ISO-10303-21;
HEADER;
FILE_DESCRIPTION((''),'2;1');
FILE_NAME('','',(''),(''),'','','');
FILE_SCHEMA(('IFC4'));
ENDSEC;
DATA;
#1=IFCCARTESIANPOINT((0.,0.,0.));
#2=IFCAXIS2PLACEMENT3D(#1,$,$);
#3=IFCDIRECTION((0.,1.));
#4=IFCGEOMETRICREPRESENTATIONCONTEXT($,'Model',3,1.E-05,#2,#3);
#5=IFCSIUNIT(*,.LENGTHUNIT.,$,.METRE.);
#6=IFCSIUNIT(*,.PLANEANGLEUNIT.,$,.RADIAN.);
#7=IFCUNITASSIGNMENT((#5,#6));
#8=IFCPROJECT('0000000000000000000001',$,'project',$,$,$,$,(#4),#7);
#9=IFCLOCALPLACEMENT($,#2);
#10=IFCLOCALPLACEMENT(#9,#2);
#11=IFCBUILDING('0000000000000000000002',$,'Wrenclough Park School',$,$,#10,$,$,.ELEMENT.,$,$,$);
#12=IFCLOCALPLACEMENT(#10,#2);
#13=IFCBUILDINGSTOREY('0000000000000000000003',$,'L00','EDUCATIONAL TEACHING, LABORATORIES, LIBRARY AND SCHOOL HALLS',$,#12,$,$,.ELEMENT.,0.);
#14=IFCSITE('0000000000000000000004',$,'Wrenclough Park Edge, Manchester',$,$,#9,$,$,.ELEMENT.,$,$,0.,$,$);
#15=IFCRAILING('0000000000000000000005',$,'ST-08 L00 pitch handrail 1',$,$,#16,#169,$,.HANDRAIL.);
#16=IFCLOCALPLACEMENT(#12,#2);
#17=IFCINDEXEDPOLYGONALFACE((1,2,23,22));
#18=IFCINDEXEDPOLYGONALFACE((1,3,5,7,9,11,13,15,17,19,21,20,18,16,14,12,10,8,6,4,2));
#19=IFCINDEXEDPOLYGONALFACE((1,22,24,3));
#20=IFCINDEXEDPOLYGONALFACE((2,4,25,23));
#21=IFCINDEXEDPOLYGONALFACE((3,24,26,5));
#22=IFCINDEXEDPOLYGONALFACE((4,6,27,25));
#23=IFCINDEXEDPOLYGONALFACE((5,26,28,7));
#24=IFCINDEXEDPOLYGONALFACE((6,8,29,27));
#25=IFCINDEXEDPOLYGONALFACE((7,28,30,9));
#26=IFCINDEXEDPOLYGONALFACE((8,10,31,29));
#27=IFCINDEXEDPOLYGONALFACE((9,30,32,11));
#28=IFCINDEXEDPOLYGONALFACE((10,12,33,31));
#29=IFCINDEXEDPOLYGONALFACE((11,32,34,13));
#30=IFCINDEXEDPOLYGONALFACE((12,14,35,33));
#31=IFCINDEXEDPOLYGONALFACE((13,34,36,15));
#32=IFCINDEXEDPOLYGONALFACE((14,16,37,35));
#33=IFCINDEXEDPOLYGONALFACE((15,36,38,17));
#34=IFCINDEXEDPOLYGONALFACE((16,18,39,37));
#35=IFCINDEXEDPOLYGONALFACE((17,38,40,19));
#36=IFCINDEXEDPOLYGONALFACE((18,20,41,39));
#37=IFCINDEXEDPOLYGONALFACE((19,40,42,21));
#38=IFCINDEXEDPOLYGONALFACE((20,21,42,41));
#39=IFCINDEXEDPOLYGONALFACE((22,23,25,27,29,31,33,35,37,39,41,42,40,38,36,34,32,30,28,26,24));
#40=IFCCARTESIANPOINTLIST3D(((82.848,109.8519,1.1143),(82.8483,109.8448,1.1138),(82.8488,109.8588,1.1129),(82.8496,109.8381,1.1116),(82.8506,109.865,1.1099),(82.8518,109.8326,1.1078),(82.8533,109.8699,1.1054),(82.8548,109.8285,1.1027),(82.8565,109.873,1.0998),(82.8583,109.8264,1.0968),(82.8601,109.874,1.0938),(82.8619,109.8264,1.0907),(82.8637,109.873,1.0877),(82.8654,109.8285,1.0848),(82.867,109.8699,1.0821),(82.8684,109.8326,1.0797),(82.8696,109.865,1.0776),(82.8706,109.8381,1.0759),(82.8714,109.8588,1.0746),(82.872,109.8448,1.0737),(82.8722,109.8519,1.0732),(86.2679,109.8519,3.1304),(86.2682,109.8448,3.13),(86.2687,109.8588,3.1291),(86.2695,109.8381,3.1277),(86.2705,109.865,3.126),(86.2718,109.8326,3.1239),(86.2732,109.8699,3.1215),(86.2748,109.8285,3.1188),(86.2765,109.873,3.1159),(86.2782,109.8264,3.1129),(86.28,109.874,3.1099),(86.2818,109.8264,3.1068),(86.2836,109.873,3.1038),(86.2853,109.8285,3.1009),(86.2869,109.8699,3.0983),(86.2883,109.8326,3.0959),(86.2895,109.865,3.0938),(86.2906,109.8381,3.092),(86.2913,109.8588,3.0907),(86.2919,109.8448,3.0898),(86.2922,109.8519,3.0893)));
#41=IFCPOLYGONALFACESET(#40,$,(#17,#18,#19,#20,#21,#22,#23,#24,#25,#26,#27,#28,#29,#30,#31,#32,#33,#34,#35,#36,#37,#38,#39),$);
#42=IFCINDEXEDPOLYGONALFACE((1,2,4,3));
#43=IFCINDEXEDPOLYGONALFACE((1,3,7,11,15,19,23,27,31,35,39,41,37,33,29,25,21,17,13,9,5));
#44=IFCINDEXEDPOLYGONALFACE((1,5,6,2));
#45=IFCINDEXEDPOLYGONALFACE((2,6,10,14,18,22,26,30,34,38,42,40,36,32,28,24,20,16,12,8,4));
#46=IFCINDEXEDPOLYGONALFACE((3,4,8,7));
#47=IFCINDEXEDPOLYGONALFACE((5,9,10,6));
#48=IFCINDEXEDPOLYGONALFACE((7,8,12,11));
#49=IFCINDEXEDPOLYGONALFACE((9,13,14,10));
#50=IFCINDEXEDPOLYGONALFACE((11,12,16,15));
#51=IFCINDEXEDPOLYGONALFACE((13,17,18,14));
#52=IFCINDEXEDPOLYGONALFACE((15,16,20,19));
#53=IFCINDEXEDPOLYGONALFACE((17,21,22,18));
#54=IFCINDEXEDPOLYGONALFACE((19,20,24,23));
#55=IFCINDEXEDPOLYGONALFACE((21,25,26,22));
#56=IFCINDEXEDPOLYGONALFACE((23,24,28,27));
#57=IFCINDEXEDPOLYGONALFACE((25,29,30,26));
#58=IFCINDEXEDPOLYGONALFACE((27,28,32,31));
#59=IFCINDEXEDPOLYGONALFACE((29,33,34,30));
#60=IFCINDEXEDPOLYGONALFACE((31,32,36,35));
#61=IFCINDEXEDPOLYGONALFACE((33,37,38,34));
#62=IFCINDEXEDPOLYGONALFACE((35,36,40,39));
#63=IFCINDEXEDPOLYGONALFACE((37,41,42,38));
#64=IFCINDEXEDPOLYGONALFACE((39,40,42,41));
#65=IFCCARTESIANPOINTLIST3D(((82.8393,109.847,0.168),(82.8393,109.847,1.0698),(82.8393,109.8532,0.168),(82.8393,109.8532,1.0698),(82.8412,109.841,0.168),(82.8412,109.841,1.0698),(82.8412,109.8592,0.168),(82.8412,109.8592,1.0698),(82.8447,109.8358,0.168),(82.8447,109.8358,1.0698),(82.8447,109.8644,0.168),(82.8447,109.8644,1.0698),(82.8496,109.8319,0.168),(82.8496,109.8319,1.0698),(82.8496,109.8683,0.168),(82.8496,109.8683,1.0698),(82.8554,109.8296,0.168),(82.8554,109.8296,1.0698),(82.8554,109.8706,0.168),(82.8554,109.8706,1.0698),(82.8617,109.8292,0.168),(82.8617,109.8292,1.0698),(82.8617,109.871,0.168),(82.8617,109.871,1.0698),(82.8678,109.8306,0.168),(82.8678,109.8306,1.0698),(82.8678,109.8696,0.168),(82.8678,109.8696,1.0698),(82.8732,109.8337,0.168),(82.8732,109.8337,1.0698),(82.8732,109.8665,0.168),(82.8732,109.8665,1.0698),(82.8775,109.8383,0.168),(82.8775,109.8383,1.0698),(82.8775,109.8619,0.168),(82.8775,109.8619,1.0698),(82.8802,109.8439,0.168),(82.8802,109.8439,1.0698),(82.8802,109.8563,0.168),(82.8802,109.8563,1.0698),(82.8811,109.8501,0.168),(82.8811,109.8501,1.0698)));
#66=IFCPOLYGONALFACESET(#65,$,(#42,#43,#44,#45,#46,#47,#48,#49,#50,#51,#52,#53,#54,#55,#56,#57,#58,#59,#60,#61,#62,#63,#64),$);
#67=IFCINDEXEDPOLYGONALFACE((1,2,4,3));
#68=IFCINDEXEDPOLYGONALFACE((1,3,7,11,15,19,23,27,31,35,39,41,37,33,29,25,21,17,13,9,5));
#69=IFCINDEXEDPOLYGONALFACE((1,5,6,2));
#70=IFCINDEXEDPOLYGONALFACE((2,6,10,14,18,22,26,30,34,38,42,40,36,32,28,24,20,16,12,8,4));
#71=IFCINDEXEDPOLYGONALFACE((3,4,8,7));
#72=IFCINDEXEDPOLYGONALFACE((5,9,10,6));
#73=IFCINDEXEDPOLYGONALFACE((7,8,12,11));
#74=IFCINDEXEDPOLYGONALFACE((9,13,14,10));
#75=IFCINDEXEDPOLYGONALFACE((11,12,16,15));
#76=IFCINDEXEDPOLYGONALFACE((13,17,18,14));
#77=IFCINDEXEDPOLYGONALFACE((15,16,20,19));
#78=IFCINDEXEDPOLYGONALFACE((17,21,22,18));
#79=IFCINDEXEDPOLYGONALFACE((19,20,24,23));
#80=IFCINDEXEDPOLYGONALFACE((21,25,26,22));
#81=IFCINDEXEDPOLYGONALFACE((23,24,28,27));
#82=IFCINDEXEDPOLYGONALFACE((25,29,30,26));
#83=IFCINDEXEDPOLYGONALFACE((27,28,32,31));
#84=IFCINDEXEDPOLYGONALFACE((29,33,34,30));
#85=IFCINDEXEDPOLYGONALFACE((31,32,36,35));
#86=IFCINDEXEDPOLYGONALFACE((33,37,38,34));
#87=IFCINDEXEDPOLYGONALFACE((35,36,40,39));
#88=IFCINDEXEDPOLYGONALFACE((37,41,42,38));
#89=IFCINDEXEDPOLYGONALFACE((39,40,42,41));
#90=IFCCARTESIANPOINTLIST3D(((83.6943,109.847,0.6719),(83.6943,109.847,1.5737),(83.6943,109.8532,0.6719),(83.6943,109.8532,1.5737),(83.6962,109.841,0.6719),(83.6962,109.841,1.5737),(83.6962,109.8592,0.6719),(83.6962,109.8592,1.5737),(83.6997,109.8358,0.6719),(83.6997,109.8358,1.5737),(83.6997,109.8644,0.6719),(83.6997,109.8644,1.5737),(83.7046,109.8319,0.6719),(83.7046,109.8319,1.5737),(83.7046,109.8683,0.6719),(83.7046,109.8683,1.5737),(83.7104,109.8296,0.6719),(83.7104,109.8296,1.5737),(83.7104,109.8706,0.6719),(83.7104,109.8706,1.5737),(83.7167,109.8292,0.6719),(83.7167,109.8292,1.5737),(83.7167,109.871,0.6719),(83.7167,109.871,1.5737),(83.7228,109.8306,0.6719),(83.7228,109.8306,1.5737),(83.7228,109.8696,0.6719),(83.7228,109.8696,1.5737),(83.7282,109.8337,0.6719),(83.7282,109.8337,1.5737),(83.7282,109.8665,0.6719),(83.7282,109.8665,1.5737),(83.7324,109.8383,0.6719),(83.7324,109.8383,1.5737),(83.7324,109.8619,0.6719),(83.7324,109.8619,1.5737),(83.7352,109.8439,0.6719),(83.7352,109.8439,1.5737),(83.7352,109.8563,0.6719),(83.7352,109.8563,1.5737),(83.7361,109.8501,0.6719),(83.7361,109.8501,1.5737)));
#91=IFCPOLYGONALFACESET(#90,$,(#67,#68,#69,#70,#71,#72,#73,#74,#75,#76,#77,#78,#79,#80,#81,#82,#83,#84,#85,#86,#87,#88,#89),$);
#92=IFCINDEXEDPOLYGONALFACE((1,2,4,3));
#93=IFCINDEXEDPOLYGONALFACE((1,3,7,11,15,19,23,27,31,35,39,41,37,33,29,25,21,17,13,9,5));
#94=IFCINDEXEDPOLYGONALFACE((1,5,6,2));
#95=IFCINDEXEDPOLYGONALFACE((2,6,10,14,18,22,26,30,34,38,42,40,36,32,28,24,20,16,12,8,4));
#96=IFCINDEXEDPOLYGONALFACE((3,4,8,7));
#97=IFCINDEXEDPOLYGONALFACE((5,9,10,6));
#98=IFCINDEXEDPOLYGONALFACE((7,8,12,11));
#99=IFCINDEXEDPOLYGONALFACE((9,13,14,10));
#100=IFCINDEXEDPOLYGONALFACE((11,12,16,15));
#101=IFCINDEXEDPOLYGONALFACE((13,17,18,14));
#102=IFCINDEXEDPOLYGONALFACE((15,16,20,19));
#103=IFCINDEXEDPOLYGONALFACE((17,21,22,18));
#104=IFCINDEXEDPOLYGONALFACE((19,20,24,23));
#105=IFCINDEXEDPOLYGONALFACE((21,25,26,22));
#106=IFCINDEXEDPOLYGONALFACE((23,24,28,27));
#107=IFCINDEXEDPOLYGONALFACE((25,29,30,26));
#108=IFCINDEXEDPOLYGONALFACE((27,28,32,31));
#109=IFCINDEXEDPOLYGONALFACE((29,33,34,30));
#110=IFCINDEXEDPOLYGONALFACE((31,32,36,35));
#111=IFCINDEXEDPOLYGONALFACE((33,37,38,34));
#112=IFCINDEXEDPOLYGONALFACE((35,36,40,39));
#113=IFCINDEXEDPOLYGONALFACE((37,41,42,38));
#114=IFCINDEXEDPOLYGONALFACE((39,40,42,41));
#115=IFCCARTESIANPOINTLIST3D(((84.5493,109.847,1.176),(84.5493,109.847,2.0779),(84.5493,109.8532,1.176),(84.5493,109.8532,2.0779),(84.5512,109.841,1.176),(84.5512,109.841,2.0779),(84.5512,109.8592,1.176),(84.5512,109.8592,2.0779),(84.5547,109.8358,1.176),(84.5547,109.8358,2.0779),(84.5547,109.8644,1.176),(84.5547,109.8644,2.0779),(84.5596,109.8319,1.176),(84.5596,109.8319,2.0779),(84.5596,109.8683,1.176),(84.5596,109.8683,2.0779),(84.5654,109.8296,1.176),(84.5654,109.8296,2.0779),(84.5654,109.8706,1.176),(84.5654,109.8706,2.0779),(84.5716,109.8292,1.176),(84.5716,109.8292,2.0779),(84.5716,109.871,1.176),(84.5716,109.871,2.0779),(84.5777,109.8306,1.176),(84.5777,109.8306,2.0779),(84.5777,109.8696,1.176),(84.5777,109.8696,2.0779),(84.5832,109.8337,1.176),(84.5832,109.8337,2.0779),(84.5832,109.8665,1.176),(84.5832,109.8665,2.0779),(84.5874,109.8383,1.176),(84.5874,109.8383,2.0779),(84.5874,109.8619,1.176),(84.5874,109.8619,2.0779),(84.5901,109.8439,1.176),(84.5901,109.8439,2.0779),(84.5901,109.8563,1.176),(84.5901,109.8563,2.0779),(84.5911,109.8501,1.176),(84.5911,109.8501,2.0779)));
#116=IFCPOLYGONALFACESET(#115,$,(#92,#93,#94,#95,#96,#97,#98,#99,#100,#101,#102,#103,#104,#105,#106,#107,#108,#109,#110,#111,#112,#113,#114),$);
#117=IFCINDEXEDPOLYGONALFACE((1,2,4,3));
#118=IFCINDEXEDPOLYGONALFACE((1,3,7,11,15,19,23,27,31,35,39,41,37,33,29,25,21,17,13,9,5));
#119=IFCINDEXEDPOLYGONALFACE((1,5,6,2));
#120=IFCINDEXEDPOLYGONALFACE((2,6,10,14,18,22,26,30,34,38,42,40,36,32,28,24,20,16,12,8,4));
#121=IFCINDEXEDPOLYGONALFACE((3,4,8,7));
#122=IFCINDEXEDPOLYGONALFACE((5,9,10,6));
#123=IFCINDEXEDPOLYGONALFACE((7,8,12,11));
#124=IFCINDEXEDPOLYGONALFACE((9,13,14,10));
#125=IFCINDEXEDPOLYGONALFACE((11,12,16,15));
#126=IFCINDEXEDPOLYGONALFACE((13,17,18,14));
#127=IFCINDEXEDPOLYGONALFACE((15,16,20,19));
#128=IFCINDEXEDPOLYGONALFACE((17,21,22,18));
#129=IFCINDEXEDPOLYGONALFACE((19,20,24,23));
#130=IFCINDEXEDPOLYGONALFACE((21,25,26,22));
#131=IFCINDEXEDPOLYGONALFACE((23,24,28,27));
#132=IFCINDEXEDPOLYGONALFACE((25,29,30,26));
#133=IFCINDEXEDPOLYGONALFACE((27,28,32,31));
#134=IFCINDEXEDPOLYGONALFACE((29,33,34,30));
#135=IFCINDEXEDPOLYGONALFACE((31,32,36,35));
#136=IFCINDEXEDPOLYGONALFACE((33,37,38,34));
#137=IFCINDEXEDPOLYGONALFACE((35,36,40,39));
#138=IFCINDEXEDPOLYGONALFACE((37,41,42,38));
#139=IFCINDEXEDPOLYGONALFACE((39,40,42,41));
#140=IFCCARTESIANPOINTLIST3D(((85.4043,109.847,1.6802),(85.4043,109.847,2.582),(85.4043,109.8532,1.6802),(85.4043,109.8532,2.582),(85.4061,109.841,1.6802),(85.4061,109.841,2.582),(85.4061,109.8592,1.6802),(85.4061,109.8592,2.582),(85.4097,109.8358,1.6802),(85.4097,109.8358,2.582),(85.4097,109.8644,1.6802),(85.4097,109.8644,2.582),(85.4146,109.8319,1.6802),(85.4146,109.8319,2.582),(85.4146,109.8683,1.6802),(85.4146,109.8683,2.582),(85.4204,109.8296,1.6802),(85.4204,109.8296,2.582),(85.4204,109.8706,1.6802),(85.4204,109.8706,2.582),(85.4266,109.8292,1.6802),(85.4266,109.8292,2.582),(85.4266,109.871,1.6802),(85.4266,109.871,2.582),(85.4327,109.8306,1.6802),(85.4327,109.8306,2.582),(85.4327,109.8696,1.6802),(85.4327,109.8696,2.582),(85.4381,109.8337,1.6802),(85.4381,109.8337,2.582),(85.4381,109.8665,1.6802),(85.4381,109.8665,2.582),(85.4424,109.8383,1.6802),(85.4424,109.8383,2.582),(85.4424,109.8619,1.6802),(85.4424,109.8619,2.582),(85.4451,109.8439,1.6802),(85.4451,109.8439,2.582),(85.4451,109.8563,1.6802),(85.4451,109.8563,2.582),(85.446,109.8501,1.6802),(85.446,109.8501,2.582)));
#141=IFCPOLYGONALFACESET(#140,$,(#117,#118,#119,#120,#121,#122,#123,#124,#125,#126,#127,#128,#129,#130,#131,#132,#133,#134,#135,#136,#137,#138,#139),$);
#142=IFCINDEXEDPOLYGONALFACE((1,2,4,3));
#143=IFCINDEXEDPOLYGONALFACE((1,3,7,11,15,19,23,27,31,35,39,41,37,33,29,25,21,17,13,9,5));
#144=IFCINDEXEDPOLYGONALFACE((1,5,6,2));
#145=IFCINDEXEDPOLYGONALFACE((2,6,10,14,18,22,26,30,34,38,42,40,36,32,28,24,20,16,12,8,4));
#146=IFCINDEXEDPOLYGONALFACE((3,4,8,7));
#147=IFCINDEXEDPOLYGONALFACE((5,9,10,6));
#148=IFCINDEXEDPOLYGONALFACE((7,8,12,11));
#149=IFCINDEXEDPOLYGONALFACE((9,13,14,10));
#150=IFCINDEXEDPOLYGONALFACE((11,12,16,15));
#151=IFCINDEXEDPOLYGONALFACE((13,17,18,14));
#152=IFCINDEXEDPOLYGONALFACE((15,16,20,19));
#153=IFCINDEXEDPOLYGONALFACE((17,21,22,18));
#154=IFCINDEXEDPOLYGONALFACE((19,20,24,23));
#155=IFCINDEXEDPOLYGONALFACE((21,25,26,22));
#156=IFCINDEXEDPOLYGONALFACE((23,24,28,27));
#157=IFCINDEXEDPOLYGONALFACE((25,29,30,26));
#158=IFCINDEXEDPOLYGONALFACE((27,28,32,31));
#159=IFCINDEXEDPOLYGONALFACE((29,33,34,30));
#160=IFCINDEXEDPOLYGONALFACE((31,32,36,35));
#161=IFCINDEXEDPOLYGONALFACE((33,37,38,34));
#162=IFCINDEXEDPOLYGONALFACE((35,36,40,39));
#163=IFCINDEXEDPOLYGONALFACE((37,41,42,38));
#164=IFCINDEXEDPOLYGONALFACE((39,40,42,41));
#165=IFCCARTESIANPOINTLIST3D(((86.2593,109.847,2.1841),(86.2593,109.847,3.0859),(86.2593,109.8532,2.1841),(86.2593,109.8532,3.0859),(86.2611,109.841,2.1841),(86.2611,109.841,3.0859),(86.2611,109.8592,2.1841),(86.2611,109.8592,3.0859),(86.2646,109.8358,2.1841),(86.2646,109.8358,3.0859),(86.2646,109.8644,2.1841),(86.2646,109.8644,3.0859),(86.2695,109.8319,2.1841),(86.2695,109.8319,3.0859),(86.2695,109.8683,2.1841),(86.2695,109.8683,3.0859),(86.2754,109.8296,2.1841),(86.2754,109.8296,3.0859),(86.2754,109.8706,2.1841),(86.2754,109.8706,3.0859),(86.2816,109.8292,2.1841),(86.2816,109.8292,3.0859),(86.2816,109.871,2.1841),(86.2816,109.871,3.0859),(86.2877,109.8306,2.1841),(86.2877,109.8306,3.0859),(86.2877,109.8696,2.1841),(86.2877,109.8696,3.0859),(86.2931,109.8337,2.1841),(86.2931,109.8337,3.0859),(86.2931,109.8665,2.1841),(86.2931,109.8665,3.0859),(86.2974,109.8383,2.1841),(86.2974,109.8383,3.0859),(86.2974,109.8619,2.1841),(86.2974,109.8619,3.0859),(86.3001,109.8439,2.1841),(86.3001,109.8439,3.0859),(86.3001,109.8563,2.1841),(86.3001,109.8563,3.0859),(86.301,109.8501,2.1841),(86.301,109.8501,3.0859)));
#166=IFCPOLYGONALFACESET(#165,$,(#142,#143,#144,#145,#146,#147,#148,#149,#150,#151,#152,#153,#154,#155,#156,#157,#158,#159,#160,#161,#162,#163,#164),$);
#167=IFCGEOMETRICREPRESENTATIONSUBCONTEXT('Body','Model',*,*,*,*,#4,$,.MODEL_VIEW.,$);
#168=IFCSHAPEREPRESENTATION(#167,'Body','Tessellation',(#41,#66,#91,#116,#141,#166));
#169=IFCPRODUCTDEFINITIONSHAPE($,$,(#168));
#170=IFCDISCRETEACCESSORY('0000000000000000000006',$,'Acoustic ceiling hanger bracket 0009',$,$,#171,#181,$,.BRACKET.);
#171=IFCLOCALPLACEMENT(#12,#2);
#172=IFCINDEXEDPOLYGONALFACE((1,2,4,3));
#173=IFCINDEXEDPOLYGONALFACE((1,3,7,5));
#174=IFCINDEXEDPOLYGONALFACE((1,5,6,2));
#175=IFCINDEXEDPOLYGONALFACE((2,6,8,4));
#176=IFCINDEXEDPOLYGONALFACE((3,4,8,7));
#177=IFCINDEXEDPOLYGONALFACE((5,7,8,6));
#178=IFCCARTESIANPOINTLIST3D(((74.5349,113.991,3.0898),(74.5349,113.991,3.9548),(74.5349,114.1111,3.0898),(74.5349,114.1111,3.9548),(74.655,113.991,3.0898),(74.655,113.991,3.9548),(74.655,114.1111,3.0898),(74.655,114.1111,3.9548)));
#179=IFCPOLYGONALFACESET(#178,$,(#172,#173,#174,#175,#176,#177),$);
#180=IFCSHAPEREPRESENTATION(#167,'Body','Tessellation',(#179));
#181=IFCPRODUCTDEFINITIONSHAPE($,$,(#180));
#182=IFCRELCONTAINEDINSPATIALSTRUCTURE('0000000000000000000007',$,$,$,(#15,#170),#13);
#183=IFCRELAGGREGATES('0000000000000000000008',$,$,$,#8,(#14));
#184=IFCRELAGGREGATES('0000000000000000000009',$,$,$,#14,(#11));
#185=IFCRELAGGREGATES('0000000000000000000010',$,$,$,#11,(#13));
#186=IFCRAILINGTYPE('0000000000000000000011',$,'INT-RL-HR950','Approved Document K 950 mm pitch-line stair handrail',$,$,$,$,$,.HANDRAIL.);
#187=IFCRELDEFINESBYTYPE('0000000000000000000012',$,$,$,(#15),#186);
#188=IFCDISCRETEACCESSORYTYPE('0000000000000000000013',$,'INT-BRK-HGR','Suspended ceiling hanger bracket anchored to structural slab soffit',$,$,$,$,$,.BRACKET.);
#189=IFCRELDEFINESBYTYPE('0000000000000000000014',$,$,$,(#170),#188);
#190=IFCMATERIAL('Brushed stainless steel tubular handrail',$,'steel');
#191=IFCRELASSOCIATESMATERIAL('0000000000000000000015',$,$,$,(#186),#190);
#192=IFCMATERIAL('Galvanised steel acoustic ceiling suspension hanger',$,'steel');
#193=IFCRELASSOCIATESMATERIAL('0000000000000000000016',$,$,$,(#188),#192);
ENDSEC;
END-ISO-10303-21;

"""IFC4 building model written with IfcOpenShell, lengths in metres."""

from ifc_helpers import new_model, si_unit, direction, frame, origin, origin_2d, place, context, subcontext, project, spatial, rectangle, circle, extrude, material, type_object, element, save


model = new_model("IFC4")

# Units and contexts
model_context = context("Model", 3, precision=1e-05, world=origin(), true_north=direction((0.0, 1.0)))
body_context = subcontext(model_context, "Body", "Model", "MODEL_VIEW")
ifc_project = project(units=[si_unit("LENGTHUNIT", "METRE"), si_unit("PLANEANGLEUNIT", "RADIAN")], contexts=[model_context])

# Site, building, storey
site_placement = place(None, origin())
site = spatial("IfcSite", under=ifc_project, at=site_placement, Name="Wrenclough Park Edge, Manchester", CompositionType="ELEMENT", RefElevation=0.0)
building_placement = place(site_placement, origin())
building = spatial("IfcBuilding", under=site, at=building_placement, Name="Wrenclough Park School", CompositionType="ELEMENT")
storey_placement = place(building_placement, origin())
storey = spatial("IfcBuildingStorey", under=building, at=storey_placement, Name="L00", Description="EDUCATIONAL TEACHING, LABORATORIES, LIBRARY AND SCHOOL HALLS", CompositionType="ELEMENT", Elevation=0.0)

# Railing
ifc_material_1 = material(Name="Brushed stainless steel tubular handrail", Category="steel")
railing_type_1 = type_object("IfcRailingType", Name="INT-RL-HR950", Description="Approved Document K 950 mm pitch-line stair handrail", PredefinedType="HANDRAIL", material=ifc_material_1)
railing_1_placement = place(storey_placement, frame((82.8601, 109.8501, 0.168)))
element("IfcRailing", 1, at=railing_1_placement, inside=storey, type_object=railing_type_1, Name="ST-08 L00 pitch handrail 1", PredefinedType="HANDRAIL", context=body_context, shape_type="SweptSolid", body=[
    extrude(circle(Radius=0.0239, at=origin_2d()), frame((0.0, 0.0, 0.9258), z_axis=(0.86145, 0.0, 0.507842), x_axis=(0.0, 1.0, 0.0)), (0.0, 0.0, 1.0), 3.97),
    extrude(circle(Radius=0.021, at=origin_2d()), origin(), (0.0, 0.0, 1.0), 0.9019),
    extrude(circle(Radius=0.021, at=origin_2d()), frame((0.855, 0.0, 0.5039)), (0.0, 0.0, 1.0), 0.9019),
    extrude(circle(Radius=0.021, at=origin_2d()), frame((1.71, 0.0, 1.0081)), (0.0, 0.0, 1.0), 0.9019),
    extrude(circle(Radius=0.021, at=origin_2d()), frame((2.5649, 0.0, 1.5122)), (0.0, 0.0, 1.0), 0.9019),
    extrude(circle(Radius=0.021, at=origin_2d()), frame((3.4199, 0.0, 2.0161)), (0.0, 0.0, 1.0), 0.9019),
])

# Discrete accessory
ifc_material_2 = material(Name="Galvanised steel acoustic ceiling suspension hanger", Category="steel")
discrete_accessory_type = type_object("IfcDiscreteAccessoryType", Name="INT-BRK-HGR", Description="Suspended ceiling hanger bracket anchored to structural slab soffit", PredefinedType="BRACKET", material=ifc_material_2)
discrete_accessory_placement = place(storey_placement, frame((74.595, 114.051, 3.0898), z_axis=(0.0, 0.0, 1.0), x_axis=(1.0, 0.0, 0.0)))
element("IfcDiscreteAccessory", 2, at=discrete_accessory_placement, inside=storey, type_object=discrete_accessory_type, Name="Acoustic ceiling hanger bracket 0009", PredefinedType="BRACKET", context=body_context, shape_type="SweptSolid", body=[
    extrude(rectangle(XDim=0.1201, YDim=0.1201, at=origin_2d()), origin(), (0.0, 0.0, 1.0), 0.865),
])

save(model, "model.ifc")
